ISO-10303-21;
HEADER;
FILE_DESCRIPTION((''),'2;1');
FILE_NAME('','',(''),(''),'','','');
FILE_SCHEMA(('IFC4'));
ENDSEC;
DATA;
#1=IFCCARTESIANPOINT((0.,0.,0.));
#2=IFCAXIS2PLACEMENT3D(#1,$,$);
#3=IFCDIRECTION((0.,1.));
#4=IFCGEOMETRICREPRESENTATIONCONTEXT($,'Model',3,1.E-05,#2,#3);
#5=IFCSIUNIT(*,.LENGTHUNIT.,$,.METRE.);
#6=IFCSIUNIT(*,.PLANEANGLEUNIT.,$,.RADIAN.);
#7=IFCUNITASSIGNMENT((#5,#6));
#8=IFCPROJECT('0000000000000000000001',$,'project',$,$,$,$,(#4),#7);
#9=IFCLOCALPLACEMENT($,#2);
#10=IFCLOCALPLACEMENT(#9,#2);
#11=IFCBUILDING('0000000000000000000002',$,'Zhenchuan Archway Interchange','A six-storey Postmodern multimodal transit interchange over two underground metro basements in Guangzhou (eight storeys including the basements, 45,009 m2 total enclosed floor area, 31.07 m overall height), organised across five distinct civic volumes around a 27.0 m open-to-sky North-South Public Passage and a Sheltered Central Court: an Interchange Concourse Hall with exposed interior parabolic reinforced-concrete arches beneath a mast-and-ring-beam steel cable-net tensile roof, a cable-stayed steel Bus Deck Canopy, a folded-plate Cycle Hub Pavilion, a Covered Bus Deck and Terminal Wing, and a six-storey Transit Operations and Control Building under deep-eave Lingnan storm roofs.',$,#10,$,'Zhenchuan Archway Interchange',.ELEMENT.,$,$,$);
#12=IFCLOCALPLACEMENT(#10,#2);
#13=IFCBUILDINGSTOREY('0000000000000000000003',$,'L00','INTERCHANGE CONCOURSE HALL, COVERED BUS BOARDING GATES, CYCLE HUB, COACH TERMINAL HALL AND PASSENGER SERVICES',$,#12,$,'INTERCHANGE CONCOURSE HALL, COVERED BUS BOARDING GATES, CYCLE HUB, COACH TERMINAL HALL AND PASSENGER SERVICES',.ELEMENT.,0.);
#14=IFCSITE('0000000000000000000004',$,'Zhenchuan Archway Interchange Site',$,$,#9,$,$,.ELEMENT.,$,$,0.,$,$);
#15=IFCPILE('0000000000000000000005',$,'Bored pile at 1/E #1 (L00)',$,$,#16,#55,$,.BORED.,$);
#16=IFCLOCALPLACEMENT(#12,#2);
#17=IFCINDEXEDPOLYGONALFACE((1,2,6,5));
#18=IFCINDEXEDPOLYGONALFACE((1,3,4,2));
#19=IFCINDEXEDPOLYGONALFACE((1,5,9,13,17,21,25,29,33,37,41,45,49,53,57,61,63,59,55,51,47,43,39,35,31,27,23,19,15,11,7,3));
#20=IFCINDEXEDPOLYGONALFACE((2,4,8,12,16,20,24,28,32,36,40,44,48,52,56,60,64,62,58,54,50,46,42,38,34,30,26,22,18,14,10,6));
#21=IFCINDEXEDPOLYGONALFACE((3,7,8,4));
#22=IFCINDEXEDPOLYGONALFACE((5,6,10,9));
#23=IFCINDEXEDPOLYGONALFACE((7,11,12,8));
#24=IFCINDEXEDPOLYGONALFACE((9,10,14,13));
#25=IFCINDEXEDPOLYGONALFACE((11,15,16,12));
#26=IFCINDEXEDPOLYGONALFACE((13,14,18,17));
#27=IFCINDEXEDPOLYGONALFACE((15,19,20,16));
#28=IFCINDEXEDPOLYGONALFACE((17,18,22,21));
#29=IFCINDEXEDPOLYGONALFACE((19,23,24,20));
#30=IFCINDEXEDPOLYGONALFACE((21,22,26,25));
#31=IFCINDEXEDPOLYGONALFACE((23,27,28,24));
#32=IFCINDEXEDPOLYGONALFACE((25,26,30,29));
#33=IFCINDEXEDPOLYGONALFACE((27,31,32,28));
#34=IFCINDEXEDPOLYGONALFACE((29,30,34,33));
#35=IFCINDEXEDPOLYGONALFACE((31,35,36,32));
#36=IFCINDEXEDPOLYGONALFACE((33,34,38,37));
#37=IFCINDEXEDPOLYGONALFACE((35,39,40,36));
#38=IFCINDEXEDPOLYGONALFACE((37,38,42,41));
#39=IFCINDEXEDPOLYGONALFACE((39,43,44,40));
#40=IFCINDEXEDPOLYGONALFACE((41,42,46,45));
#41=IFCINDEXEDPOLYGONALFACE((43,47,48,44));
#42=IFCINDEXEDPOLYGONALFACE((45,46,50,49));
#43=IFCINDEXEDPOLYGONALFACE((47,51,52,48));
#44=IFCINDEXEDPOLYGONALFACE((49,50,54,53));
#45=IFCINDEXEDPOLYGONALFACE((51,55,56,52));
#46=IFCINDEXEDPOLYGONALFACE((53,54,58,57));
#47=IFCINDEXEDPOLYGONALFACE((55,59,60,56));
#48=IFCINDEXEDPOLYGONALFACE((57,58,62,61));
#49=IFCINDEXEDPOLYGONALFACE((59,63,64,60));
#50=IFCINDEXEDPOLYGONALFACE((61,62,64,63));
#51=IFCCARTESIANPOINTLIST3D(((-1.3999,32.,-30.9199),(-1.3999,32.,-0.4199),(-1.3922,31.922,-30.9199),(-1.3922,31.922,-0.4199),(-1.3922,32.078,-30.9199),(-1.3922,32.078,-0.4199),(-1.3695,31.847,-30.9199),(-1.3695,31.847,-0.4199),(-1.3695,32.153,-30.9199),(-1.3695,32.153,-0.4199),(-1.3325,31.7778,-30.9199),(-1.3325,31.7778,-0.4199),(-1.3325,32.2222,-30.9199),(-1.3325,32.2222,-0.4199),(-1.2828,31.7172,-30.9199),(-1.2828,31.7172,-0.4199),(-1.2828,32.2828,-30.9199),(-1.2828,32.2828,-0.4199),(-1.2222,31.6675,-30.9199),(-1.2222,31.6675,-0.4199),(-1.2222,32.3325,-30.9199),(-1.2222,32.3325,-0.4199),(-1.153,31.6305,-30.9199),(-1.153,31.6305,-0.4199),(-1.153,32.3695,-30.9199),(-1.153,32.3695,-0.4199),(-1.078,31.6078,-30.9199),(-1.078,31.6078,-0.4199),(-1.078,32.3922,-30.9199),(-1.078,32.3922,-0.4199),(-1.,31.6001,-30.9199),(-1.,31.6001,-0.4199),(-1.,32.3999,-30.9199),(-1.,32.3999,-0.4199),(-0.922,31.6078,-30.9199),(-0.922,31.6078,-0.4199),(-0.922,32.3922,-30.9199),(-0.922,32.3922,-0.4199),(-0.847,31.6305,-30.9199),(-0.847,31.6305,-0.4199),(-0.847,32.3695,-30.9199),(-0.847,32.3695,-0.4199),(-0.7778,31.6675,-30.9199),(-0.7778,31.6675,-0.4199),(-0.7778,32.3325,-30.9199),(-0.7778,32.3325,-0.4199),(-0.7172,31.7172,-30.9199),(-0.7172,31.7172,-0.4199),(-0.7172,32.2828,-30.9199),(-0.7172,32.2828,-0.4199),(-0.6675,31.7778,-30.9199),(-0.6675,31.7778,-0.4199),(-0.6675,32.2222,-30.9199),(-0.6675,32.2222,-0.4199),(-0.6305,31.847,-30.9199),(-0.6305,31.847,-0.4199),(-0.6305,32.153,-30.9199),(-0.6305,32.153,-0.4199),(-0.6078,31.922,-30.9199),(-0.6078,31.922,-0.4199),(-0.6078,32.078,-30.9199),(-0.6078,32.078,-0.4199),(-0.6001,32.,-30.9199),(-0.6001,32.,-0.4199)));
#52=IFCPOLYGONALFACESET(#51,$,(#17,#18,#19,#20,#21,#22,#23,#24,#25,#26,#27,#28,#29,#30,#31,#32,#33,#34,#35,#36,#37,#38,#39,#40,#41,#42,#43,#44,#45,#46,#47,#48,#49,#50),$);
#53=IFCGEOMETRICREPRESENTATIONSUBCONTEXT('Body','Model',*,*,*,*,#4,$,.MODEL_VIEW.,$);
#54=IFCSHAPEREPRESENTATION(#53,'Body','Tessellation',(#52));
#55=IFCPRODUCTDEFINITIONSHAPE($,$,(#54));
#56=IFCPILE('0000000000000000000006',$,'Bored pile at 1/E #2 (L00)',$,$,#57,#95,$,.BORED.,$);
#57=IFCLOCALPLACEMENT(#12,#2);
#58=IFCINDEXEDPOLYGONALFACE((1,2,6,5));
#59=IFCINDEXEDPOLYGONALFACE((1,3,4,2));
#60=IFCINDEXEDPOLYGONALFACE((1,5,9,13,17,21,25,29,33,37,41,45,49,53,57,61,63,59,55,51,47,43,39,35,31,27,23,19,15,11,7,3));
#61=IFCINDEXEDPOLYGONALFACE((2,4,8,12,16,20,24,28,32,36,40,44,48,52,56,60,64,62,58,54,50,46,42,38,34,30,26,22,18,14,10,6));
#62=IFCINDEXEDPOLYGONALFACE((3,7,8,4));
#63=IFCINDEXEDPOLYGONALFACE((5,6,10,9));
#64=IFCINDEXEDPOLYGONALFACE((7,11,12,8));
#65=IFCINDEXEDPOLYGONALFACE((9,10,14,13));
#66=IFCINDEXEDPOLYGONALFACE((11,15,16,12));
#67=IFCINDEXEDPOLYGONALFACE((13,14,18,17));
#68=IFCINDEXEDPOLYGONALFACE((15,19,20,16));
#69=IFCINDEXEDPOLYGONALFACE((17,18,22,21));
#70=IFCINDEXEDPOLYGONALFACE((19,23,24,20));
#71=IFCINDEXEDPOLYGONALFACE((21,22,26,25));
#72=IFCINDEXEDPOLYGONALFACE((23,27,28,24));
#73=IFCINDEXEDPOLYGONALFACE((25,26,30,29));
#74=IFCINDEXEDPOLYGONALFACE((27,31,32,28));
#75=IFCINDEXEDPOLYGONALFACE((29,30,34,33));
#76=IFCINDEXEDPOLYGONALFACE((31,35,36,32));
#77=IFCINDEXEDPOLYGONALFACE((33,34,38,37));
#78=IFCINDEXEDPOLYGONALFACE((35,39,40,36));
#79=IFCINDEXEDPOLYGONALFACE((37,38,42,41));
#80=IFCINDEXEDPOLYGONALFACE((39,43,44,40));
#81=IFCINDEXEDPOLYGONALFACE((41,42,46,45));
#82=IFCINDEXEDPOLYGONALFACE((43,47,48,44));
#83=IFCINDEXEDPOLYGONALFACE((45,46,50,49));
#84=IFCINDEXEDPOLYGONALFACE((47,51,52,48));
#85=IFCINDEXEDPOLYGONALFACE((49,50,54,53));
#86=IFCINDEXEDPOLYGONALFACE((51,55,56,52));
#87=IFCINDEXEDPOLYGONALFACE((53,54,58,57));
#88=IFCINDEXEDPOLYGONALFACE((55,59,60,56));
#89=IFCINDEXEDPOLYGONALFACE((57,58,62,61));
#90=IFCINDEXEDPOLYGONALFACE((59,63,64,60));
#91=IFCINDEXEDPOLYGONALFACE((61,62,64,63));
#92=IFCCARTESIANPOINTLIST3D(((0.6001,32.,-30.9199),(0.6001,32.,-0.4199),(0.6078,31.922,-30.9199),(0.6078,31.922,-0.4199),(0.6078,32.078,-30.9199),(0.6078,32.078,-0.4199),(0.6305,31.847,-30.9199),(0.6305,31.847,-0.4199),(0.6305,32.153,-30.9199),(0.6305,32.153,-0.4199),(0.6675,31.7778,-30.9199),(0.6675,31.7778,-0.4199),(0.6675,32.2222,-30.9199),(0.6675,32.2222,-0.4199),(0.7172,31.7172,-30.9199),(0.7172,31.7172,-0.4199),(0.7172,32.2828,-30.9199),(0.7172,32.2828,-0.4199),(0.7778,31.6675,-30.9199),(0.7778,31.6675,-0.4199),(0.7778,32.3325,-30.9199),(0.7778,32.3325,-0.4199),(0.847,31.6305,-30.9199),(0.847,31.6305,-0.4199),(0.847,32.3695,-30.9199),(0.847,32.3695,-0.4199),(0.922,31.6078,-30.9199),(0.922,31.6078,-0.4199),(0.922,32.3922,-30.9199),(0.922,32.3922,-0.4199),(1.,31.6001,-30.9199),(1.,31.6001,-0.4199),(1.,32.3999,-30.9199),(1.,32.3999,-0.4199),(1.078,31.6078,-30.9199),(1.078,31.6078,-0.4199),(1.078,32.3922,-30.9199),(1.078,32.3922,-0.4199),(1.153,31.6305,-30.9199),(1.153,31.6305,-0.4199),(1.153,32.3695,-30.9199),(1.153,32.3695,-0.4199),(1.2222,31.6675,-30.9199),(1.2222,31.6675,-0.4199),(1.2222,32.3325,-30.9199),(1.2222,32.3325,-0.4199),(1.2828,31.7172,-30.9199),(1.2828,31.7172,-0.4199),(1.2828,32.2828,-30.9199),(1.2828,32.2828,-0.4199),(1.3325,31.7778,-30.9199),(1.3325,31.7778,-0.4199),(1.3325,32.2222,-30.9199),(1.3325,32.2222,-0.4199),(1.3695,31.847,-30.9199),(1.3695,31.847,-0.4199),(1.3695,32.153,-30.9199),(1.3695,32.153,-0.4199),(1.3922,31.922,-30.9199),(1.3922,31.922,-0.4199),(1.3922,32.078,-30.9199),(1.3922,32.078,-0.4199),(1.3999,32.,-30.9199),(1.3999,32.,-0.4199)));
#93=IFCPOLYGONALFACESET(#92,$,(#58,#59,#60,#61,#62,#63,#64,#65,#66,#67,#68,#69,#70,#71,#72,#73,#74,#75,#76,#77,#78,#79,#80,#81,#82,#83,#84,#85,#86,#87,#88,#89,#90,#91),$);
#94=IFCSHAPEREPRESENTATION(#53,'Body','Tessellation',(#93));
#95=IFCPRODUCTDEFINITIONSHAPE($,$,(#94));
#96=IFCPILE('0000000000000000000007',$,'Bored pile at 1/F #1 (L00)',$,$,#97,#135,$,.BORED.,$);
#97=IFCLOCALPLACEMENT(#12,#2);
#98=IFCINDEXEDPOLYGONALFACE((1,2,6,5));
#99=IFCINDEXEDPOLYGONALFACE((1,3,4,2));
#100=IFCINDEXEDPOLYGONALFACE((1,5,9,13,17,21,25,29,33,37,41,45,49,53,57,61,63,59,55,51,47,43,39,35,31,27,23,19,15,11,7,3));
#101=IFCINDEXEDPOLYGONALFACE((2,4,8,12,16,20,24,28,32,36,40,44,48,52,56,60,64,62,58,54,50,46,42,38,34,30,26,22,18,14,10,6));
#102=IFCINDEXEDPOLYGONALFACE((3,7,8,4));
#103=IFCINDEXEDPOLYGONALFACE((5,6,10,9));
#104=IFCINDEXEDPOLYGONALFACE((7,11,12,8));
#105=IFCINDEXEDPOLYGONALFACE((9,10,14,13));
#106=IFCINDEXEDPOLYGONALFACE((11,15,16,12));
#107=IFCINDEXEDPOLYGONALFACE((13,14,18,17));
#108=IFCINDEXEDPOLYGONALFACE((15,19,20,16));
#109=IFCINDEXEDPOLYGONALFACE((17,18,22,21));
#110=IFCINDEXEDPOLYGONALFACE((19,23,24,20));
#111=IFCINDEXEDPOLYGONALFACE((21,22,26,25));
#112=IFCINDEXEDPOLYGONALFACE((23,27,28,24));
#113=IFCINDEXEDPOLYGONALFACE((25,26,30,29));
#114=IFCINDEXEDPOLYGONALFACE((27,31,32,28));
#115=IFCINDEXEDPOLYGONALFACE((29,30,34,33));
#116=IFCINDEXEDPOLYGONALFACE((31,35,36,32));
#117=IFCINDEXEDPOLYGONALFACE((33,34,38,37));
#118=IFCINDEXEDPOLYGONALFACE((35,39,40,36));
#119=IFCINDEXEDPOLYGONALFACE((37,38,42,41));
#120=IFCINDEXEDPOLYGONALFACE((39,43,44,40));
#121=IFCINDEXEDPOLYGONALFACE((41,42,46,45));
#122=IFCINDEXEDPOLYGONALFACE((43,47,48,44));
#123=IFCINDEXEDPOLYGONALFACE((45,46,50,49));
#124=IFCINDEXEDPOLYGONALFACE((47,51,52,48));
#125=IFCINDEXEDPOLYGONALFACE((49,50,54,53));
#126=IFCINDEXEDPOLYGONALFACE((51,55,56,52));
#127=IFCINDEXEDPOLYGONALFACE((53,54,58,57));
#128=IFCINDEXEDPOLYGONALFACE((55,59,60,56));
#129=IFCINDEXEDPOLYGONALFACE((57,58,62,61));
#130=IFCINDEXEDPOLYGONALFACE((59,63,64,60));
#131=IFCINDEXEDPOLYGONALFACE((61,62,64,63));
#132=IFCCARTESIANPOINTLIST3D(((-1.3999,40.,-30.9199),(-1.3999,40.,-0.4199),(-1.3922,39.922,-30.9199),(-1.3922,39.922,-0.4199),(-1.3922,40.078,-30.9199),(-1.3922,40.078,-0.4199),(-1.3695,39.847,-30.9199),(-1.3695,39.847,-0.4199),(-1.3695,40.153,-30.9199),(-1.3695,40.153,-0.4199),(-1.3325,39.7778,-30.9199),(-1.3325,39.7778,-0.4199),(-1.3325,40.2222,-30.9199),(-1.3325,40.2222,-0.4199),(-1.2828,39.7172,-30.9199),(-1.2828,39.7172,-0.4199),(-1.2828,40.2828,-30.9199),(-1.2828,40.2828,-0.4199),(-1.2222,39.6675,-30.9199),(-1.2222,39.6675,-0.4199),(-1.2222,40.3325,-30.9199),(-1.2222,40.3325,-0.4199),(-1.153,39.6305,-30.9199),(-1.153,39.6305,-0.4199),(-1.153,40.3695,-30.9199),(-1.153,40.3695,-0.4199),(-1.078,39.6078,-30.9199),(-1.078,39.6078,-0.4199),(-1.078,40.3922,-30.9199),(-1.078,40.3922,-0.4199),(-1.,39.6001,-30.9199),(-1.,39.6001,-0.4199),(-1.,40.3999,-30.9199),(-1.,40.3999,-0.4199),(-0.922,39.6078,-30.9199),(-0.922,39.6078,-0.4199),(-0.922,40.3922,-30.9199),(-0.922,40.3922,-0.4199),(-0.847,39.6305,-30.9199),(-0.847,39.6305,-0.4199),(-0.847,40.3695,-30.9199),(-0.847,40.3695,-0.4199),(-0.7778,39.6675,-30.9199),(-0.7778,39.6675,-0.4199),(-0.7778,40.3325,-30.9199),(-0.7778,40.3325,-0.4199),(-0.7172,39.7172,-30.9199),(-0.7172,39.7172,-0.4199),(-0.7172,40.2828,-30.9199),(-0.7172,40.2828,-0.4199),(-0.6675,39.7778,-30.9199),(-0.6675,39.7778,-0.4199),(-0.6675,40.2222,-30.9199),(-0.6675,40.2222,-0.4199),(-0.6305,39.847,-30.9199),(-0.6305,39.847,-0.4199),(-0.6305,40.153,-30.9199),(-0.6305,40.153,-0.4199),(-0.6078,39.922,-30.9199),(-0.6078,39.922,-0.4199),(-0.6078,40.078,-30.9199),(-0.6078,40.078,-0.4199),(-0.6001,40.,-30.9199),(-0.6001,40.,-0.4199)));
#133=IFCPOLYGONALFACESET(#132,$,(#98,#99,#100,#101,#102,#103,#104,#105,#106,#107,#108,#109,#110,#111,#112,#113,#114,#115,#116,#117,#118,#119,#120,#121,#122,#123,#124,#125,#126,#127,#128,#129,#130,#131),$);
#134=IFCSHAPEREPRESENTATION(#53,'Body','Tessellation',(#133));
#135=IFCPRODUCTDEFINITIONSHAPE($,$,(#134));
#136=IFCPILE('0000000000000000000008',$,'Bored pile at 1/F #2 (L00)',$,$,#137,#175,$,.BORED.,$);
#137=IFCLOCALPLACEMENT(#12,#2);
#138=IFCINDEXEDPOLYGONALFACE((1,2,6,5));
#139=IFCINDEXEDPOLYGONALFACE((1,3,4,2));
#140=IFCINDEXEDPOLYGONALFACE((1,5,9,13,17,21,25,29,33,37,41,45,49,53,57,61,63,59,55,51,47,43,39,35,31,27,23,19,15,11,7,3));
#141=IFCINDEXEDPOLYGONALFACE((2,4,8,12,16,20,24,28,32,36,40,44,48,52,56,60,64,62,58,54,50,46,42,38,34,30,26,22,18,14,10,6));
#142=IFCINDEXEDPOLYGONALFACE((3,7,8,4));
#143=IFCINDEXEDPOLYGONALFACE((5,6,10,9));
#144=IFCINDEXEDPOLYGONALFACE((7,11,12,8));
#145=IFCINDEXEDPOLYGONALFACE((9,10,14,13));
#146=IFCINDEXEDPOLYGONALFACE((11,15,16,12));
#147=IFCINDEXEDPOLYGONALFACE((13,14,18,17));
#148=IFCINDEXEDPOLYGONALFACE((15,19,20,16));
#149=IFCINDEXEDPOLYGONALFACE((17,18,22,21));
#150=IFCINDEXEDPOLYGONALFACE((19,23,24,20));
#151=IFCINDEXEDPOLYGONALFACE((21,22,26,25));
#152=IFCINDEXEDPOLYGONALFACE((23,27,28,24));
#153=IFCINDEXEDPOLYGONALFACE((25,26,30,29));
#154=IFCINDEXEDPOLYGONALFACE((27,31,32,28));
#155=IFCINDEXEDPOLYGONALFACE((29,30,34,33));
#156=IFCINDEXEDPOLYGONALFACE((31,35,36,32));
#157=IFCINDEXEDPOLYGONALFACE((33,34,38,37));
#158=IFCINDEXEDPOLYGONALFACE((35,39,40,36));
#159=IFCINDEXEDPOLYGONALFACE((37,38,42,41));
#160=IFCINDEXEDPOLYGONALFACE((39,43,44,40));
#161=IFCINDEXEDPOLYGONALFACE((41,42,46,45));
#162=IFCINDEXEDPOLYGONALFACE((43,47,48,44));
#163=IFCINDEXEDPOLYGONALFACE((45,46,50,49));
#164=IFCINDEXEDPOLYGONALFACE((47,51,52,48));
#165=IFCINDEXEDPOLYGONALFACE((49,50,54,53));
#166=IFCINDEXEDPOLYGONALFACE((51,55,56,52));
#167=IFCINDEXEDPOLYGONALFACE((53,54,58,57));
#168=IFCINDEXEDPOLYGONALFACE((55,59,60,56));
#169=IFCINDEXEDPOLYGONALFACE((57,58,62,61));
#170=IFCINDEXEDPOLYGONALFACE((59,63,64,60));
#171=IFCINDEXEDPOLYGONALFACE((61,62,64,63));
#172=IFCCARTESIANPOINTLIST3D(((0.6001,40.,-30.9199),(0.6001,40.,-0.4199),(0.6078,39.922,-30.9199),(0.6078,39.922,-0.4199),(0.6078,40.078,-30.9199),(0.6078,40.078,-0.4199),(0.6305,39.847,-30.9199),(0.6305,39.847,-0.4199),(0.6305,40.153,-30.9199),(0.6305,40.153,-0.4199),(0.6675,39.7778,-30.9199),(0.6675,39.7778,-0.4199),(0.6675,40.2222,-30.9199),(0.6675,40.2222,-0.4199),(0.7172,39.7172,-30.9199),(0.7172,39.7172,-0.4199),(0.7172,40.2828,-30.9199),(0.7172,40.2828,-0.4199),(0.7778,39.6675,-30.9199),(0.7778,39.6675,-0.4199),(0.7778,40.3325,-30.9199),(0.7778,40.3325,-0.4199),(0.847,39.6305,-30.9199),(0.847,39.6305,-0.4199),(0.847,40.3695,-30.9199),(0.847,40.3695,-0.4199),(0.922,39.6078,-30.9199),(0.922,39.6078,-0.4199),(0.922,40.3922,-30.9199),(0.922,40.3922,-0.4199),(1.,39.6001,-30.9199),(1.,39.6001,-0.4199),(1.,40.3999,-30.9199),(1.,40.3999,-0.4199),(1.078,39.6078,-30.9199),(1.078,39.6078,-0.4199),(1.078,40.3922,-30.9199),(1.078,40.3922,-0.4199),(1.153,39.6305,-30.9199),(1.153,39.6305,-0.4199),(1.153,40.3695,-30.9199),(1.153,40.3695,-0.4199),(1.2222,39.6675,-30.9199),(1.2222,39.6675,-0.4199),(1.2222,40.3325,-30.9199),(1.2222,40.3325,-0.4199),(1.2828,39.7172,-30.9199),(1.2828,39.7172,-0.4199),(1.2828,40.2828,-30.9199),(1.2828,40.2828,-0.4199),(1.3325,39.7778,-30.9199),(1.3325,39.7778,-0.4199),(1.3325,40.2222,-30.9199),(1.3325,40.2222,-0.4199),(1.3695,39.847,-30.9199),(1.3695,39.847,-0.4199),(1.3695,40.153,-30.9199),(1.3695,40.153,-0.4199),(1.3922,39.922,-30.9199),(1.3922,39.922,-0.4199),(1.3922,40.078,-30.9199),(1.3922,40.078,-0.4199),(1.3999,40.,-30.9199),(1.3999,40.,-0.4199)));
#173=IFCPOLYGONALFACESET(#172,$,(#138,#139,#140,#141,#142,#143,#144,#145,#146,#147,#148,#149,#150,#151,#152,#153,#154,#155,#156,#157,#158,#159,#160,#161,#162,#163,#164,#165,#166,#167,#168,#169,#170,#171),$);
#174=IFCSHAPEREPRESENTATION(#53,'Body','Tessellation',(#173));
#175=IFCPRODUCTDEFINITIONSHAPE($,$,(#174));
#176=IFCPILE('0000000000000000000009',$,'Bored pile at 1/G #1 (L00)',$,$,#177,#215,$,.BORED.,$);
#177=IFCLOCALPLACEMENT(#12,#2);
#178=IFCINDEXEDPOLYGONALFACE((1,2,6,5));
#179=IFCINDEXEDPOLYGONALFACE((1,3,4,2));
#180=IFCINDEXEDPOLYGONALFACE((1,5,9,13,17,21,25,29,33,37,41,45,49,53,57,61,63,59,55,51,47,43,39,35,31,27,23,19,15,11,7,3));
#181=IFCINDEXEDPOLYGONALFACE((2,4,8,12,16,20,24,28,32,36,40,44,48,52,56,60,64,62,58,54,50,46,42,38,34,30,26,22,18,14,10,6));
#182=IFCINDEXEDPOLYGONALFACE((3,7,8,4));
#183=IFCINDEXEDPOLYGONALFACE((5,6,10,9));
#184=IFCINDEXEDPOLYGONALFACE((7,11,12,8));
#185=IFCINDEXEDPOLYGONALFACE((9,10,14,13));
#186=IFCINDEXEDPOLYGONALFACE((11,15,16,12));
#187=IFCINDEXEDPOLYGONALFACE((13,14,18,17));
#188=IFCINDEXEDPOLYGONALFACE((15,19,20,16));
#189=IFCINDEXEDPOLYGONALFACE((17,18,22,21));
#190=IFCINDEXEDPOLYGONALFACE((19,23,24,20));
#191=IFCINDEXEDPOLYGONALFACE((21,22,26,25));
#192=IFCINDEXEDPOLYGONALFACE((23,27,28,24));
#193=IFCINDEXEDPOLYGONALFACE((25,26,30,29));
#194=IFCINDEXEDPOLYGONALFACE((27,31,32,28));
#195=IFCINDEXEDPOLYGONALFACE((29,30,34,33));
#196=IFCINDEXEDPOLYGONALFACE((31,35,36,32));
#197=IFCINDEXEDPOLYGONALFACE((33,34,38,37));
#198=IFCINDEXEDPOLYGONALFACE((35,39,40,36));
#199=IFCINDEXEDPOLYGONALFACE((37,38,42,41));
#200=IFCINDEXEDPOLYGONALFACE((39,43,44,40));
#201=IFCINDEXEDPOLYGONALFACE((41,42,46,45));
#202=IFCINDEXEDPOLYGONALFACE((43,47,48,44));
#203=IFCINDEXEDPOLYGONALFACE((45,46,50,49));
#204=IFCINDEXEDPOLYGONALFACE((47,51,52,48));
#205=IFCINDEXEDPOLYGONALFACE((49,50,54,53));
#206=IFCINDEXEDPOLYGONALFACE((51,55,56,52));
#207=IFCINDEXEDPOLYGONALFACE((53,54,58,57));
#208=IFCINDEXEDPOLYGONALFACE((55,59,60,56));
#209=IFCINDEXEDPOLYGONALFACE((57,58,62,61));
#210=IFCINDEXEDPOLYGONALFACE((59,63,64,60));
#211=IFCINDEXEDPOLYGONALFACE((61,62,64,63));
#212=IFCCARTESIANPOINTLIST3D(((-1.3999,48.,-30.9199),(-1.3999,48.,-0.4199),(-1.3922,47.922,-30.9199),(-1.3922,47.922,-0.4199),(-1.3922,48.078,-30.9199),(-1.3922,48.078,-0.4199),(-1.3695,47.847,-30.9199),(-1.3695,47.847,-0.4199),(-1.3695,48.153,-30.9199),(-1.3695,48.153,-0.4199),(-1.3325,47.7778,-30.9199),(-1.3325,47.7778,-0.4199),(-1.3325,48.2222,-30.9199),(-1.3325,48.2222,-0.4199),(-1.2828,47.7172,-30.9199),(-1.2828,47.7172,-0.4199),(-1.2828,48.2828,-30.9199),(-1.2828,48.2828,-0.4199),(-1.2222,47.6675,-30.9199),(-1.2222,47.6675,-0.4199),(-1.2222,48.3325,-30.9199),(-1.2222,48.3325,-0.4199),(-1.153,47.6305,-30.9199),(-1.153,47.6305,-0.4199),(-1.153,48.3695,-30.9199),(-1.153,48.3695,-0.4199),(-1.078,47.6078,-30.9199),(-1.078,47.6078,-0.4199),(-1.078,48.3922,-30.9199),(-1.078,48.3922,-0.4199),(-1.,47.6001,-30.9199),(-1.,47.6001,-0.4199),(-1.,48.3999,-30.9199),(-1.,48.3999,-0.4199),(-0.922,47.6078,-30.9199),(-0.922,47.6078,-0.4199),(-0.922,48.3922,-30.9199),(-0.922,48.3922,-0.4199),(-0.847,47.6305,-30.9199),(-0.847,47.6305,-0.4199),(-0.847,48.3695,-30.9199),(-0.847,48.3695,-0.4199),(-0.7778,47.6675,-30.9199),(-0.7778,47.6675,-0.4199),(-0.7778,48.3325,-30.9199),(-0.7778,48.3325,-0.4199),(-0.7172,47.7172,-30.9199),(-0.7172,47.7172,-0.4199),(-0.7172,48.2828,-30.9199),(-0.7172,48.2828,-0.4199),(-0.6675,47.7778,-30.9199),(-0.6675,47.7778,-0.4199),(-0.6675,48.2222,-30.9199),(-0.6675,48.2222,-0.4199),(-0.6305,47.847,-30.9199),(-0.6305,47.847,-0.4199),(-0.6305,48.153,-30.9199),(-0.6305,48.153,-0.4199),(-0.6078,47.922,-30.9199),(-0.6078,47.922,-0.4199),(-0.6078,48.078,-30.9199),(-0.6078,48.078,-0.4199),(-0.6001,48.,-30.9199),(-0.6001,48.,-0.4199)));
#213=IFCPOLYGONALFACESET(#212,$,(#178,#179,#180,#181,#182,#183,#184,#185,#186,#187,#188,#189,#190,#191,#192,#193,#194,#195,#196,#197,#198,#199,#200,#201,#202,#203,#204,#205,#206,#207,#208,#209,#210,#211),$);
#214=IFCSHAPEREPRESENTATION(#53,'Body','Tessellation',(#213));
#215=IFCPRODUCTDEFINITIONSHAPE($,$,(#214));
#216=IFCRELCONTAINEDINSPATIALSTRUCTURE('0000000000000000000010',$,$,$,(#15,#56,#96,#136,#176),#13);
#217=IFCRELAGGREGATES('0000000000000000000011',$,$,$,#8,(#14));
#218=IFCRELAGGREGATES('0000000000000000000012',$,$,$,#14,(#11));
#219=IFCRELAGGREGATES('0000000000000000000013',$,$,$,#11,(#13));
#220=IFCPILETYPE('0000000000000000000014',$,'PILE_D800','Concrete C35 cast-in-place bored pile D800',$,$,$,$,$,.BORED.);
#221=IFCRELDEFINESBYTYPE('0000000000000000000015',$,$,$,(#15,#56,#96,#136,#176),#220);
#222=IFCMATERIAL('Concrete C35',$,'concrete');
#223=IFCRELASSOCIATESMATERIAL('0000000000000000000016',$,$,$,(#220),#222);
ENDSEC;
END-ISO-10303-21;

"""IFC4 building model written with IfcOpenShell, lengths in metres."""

from ifc_helpers import new_model, si_unit, direction, frame, origin, origin_2d, place, context, subcontext, project, spatial, circle, extrude, material, material_profile, profile_set, type_object, element, save


model = new_model("IFC4")

# Units and contexts
model_context = context("Model", 3, precision=1e-05, world=origin(), true_north=direction((0.0, 1.0)))
body_context = subcontext(model_context, "Body", "Model", "MODEL_VIEW")
ifc_project = project(units=[si_unit("LENGTHUNIT", "METRE"), si_unit("PLANEANGLEUNIT", "RADIAN")], contexts=[model_context])

# Site, building, storey
site_placement = place(None, origin())
site = spatial("IfcSite", under=ifc_project, at=site_placement, Name="Zhenchuan Archway Interchange Site", CompositionType="ELEMENT", RefElevation=0.0)
building_placement = place(site_placement, origin())
building = spatial("IfcBuilding", under=site, at=building_placement, Name="Zhenchuan Archway Interchange", Description="A six-storey Postmodern multimodal transit interchange over two underground metro basements in Guangzhou (eight storeys including the basements, 45,009 m2 total enclosed floor area, 31.07 m overall height), organised across five distinct civic volumes around a 27.0 m open-to-sky North-South Public Passage and a Sheltered Central Court: an Interchange Concourse Hall with exposed interior parabolic reinforced-concrete arches beneath a mast-and-ring-beam steel cable-net tensile roof, a cable-stayed steel Bus Deck Canopy, a folded-plate Cycle Hub Pavilion, a Covered Bus Deck and Terminal Wing, and a six-storey Transit Operations and Control Building under deep-eave Lingnan storm roofs.", LongName="Zhenchuan Archway Interchange", CompositionType="ELEMENT")
storey_placement = place(building_placement, origin())
storey = spatial("IfcBuildingStorey", under=building, at=storey_placement, Name="L00", Description="INTERCHANGE CONCOURSE HALL, COVERED BUS BOARDING GATES, CYCLE HUB, COACH TERMINAL HALL AND PASSENGER SERVICES", LongName="INTERCHANGE CONCOURSE HALL, COVERED BUS BOARDING GATES, CYCLE HUB, COACH TERMINAL HALL AND PASSENGER SERVICES", CompositionType="ELEMENT", Elevation=0.0)

# Piles
ifc_material_1 = material(Name="Concrete C35", Category="concrete")
ifc_material_profile_1 = material_profile(ifc_material_1, circle(Radius=0.3999, at=origin_2d()), Name="BORED PILE 800")
ifc_profile_set_1 = profile_set([ifc_material_profile_1], Name="Concrete C35")
pile_type_1 = type_object("IfcPileType", Name="PILE_D800", Description="Concrete C35 cast-in-place bored pile D800", PredefinedType="BORED", material=ifc_profile_set_1)
for number, where, z_axis, x_axis, name in (
    (1, (-1.0, 32.0, -0.4199), (0.0, 0.0, -1.0), (1.0, 0.0, 0.0), "Bored pile at 1/E #1 (L00)"),
    (2, (1.0, 32.0, -0.4199), (0.0, 0.0, -1.0), (1.0, 0.0, 0.0), "Bored pile at 1/E #2 (L00)"),
    (3, (-1.0, 40.0, -0.4199), (0.0, 0.0, -1.0), (1.0, 0.0, 0.0), "Bored pile at 1/F #1 (L00)"),
    (4, (1.0, 40.0, -0.4199), (0.0, 0.0, -1.0), (1.0, 0.0, 0.0), "Bored pile at 1/F #2 (L00)"),
    (5, (-1.0, 48.0, -0.4199), (0.0, 0.0, -1.0), (1.0, 0.0, 0.0), "Bored pile at 1/G #1 (L00)"),
):
    element("IfcPile", number, at=place(storey_placement, frame(where, z_axis=z_axis, x_axis=x_axis)), inside=storey, type_object=pile_type_1, Name=name, PredefinedType="BORED", context=body_context, shape_type="SweptSolid", body=[
        extrude(circle(Radius=0.3999, at=origin_2d()), origin(), (0.0, 0.0, 1.0), 30.5),
    ])

save(model, "model.ifc")
